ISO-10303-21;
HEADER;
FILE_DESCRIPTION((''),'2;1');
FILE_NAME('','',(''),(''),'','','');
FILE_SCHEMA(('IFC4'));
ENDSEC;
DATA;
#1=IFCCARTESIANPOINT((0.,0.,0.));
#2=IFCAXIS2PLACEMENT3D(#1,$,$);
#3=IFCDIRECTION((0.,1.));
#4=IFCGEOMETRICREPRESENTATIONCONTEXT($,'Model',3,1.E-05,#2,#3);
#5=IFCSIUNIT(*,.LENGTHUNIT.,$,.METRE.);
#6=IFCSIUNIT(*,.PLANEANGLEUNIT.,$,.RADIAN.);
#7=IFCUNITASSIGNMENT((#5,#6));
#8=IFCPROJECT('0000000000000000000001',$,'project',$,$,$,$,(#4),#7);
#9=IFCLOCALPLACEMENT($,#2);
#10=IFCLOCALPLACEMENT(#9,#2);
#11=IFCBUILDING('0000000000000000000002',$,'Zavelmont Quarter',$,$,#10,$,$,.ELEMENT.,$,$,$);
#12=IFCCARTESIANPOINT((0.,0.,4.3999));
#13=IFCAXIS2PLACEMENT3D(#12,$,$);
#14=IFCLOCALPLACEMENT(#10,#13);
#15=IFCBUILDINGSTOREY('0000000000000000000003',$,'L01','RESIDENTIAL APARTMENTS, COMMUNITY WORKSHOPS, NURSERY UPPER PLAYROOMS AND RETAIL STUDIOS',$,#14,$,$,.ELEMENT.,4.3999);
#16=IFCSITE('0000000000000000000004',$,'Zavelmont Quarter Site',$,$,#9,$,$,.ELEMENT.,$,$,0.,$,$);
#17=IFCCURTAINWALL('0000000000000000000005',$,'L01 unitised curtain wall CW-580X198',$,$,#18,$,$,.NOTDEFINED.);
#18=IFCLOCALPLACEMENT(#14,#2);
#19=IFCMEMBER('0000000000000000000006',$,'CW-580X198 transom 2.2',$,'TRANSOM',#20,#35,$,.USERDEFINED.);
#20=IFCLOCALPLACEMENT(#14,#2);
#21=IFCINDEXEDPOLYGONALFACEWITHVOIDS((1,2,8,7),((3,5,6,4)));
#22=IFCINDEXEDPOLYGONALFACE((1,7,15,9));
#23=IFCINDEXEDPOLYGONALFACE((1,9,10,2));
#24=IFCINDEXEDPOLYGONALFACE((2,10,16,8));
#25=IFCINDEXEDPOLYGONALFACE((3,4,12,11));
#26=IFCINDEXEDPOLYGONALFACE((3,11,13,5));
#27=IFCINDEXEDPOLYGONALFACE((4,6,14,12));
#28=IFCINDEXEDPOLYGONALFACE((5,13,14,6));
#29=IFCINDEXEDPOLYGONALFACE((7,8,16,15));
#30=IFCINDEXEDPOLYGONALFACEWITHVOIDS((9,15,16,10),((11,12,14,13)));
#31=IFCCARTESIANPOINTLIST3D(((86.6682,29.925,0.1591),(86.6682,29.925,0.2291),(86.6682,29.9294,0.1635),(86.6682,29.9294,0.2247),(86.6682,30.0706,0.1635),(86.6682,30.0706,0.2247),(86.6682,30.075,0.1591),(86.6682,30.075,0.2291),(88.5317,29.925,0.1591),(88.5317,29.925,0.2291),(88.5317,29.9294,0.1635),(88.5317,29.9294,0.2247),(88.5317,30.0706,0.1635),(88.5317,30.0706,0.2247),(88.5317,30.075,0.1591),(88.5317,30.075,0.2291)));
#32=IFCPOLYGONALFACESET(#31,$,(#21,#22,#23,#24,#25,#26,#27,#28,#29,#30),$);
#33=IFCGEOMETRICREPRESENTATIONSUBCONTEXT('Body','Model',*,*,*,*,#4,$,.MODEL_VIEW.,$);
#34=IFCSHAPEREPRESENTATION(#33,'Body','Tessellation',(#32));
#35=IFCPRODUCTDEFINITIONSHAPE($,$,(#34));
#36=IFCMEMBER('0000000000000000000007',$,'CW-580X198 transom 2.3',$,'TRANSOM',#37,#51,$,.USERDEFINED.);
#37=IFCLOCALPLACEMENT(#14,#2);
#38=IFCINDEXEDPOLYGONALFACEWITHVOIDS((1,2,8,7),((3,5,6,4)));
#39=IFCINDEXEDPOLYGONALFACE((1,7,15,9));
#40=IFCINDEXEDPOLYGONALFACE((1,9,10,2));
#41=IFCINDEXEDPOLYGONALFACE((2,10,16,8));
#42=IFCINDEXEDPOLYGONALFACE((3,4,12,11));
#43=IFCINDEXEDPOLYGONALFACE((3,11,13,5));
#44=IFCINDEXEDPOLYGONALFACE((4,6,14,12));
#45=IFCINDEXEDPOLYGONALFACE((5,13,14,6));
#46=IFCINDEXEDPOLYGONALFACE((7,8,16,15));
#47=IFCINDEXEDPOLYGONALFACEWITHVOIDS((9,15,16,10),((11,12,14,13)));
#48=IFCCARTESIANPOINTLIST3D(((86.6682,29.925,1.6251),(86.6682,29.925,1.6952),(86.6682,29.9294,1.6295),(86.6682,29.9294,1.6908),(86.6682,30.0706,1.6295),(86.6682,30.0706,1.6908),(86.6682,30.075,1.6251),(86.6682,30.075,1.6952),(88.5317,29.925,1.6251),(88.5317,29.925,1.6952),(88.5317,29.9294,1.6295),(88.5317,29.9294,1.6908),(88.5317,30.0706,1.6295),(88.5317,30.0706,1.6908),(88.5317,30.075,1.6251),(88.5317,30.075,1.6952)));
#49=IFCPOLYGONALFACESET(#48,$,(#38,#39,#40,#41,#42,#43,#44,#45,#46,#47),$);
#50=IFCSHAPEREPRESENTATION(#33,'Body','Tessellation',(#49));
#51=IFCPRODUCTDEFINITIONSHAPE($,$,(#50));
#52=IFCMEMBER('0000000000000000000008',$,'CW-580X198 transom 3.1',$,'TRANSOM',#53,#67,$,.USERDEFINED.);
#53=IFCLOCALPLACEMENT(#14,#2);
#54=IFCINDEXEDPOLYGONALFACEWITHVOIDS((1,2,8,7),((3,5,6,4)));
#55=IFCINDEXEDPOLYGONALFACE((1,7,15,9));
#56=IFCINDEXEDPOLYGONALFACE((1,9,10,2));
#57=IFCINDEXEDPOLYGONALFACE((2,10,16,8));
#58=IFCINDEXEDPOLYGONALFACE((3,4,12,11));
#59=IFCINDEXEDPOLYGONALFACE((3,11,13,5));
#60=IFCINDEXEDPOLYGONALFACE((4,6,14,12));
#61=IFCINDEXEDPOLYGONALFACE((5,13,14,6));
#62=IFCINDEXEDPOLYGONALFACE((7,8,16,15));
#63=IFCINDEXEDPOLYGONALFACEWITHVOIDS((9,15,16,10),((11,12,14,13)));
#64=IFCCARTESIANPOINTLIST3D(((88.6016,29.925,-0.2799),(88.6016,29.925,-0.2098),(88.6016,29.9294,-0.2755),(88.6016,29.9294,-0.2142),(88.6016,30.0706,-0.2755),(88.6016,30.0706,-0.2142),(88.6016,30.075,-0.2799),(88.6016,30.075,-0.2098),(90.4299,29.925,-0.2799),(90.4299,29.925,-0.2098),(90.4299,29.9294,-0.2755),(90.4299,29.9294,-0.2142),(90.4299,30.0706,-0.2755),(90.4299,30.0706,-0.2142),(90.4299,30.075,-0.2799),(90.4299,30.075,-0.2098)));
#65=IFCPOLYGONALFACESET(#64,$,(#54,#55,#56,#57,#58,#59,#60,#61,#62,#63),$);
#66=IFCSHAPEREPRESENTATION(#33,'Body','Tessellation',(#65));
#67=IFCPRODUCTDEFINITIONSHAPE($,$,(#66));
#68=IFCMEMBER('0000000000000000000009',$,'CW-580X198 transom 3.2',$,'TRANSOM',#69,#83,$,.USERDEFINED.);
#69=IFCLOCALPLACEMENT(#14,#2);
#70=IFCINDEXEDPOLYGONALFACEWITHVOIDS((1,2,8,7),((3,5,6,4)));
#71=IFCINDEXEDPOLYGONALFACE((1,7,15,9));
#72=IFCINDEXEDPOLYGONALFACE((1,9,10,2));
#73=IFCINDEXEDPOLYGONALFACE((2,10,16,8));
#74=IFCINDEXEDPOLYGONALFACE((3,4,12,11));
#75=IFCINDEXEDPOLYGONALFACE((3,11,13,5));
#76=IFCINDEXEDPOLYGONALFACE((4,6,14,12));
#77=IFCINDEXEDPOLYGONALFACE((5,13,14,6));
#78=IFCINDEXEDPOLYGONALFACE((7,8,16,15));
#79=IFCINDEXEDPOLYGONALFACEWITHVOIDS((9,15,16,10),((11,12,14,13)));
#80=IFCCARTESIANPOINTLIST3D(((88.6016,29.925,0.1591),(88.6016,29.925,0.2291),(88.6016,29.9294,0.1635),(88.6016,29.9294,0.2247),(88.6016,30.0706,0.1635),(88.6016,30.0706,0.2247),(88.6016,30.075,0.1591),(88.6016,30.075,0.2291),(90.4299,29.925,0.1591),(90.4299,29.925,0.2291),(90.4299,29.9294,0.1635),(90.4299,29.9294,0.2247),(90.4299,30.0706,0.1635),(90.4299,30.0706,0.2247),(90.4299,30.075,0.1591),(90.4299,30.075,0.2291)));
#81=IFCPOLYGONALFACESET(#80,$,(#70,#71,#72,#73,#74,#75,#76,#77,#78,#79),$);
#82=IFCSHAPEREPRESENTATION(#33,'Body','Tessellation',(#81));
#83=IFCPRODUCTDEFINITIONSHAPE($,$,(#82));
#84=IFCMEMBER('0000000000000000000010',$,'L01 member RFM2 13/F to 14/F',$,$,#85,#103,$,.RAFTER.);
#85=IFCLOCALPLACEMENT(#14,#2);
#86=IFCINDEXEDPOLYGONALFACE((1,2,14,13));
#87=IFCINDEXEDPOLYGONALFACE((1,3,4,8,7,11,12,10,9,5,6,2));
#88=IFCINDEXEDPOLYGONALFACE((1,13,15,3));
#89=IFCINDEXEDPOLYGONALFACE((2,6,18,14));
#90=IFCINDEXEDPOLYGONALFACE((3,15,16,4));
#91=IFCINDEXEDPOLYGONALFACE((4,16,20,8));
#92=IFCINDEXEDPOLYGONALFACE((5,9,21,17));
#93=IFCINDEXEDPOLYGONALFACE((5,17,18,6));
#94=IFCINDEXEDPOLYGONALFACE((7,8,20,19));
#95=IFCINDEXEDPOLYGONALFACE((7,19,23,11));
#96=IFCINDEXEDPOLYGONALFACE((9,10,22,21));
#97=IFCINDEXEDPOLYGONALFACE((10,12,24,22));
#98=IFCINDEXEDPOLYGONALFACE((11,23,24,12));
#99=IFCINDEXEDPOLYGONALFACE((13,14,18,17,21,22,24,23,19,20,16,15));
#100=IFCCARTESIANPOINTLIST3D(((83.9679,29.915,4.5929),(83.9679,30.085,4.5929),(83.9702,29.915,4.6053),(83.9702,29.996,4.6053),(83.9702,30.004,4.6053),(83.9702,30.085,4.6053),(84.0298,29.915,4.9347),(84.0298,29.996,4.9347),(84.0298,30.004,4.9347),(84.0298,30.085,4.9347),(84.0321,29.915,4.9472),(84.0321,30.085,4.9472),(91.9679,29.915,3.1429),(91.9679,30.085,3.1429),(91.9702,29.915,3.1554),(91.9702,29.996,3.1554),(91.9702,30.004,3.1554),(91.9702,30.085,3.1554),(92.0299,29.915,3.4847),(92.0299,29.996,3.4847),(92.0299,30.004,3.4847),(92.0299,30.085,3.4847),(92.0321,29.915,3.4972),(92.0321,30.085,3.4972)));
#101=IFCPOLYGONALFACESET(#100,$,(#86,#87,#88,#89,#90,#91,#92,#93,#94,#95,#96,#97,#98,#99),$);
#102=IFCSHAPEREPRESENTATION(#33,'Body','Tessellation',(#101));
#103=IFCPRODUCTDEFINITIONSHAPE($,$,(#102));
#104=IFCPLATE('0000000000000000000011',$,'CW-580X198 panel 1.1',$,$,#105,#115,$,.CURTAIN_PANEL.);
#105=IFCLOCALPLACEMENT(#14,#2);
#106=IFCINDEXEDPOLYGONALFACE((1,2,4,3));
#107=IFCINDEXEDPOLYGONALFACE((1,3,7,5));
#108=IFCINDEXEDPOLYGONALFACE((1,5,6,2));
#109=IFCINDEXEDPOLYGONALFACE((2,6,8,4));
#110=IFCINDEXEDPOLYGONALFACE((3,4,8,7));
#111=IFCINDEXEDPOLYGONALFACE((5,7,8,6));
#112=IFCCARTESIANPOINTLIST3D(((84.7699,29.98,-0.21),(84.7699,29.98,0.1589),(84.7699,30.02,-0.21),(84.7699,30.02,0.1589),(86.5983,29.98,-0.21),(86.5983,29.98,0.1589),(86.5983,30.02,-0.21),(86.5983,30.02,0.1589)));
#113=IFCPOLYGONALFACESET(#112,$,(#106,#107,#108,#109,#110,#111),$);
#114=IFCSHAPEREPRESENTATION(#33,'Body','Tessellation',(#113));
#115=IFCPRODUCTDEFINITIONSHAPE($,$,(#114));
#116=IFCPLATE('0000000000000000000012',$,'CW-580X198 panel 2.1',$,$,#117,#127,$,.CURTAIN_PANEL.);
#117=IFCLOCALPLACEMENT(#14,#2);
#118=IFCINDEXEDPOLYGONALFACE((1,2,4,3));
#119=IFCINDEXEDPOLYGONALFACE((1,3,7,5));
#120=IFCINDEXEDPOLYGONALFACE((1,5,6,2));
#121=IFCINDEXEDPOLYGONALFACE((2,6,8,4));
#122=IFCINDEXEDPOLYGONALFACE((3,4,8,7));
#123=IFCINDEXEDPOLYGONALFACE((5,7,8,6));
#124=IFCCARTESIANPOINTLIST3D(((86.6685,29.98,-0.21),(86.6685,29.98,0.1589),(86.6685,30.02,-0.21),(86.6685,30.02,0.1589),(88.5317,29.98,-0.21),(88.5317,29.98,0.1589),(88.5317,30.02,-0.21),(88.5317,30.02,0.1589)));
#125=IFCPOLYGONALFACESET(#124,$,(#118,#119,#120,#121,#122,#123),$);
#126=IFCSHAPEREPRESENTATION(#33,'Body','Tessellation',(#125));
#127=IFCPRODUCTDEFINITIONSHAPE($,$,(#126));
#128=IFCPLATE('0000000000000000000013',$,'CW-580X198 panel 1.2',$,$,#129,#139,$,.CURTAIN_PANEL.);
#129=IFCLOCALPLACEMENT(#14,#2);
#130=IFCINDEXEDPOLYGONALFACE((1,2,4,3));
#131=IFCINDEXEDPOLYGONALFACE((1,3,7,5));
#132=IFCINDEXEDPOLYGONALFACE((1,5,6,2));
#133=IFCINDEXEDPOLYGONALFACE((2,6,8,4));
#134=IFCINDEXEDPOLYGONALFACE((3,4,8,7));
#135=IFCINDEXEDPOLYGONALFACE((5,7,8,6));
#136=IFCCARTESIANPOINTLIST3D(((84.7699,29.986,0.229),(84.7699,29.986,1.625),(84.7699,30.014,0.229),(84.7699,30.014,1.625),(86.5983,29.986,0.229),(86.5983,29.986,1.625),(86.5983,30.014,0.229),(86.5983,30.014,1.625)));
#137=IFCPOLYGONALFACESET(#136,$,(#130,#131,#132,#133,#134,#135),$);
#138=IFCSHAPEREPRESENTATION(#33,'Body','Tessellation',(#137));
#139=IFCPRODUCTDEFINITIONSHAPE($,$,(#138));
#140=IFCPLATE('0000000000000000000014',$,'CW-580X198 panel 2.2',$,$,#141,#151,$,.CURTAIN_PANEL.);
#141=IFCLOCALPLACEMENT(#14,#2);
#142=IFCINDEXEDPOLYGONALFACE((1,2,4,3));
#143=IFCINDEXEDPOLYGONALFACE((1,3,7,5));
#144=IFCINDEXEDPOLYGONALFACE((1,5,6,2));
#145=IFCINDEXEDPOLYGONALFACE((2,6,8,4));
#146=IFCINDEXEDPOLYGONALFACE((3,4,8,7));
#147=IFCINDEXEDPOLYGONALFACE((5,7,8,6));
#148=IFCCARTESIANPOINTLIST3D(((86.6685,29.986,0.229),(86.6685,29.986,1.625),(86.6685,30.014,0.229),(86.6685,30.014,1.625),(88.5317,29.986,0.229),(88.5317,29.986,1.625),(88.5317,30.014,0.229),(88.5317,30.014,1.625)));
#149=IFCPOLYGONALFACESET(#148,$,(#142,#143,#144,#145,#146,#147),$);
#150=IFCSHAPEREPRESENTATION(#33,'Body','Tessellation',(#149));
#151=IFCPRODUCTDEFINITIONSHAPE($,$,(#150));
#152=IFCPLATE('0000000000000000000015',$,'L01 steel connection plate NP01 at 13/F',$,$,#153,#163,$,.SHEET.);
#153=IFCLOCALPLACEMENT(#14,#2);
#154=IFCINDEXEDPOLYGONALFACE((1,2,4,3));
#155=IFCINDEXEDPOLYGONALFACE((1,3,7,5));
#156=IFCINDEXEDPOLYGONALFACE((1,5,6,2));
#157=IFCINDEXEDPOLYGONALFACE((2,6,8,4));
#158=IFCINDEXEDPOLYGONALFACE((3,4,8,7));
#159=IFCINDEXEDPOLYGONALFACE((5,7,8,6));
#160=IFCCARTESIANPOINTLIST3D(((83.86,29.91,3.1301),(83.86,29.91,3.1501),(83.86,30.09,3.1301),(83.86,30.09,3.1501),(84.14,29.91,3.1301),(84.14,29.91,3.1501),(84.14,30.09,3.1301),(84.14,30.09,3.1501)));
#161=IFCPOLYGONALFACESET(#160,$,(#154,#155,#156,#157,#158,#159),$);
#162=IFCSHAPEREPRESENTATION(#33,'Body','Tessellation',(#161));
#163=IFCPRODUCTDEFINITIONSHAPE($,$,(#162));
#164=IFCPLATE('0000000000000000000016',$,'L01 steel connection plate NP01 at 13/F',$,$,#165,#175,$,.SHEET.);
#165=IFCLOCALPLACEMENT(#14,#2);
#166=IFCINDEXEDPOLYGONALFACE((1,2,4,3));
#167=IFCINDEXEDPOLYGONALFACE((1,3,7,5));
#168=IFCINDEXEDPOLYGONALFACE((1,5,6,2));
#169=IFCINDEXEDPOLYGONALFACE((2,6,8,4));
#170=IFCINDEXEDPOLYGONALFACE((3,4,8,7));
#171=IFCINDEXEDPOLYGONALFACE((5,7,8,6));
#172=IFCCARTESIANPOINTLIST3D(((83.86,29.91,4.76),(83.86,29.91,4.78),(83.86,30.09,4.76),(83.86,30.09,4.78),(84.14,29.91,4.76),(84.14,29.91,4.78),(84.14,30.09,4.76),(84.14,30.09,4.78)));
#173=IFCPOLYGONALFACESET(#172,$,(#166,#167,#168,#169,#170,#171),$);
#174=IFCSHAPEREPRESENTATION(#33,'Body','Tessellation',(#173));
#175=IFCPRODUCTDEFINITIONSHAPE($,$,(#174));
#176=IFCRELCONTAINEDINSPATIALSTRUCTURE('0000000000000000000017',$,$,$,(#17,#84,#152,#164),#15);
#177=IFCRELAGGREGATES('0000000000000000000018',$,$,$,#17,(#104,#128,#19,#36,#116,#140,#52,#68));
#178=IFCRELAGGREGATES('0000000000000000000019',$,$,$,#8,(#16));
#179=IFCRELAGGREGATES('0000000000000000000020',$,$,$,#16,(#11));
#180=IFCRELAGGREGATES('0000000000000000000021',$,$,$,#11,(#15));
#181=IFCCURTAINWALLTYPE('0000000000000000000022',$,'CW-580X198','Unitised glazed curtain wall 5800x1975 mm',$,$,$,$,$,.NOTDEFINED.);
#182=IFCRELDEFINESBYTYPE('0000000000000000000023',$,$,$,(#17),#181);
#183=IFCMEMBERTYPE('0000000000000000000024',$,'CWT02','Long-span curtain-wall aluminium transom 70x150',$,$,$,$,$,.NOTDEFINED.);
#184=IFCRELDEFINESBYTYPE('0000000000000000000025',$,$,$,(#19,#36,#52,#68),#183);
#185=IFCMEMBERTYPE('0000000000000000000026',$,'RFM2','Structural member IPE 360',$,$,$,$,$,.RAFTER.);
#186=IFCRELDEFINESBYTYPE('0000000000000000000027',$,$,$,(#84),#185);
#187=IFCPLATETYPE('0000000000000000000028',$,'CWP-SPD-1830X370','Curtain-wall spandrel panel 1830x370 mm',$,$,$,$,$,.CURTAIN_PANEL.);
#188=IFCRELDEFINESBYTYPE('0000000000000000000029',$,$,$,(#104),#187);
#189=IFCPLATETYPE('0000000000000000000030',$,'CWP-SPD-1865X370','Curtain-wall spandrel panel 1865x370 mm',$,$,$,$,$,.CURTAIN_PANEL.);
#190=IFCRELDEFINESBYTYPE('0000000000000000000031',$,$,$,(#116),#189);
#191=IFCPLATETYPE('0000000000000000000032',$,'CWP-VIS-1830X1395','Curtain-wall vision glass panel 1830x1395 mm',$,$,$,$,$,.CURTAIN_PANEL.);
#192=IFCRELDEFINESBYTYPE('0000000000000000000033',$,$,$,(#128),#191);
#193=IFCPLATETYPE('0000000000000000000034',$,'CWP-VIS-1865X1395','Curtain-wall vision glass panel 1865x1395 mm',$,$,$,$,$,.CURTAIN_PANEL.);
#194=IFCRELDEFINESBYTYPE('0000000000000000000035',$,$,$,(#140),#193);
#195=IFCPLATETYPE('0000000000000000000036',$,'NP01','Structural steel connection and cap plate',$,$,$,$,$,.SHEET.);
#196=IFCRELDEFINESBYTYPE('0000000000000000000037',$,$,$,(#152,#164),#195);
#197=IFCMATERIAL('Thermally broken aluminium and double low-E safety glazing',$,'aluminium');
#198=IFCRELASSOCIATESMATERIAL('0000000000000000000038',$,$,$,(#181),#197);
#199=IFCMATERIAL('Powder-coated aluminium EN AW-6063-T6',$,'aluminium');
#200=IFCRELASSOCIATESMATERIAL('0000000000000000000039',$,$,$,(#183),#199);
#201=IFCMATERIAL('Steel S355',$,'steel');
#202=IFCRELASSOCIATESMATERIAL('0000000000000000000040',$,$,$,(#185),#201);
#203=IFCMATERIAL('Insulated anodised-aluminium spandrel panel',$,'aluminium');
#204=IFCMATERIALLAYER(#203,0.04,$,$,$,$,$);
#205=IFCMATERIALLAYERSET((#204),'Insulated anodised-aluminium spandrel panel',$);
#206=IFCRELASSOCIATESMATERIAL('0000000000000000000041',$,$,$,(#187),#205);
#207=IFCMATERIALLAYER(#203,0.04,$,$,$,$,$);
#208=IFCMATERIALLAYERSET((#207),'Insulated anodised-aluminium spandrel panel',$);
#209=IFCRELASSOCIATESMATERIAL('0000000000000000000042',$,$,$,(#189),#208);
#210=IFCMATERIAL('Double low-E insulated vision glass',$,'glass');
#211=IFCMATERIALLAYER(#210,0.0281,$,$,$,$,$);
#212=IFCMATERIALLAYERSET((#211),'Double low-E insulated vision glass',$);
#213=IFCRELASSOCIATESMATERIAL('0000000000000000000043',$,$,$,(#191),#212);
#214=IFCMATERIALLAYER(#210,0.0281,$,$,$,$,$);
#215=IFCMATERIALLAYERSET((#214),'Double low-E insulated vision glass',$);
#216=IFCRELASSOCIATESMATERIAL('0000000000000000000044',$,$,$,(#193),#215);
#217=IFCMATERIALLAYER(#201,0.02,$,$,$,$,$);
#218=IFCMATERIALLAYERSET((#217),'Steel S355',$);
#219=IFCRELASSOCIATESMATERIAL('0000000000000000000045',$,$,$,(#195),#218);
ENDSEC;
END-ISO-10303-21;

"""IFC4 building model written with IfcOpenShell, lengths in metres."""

from ifc_helpers import new_model, si_unit, direction, frame, origin, origin_2d, place, context, subcontext, project, spatial, rectangle, hollow_rectangle, i_section, extrude, material, layer, layer_set, material_profile, profile_set, type_object, element, aggregate, save


model = new_model("IFC4")

# Units and contexts
model_context = context("Model", 3, precision=1e-05, world=origin(), true_north=direction((0.0, 1.0)))
body_context = subcontext(model_context, "Body", "Model", "MODEL_VIEW")
ifc_project = project(units=[si_unit("LENGTHUNIT", "METRE"), si_unit("PLANEANGLEUNIT", "RADIAN")], contexts=[model_context])

# Site, building, storey
site_placement = place(None, origin())
site = spatial("IfcSite", under=ifc_project, at=site_placement, Name="Zavelmont Quarter Site", CompositionType="ELEMENT", RefElevation=0.0)
building_placement = place(site_placement, origin())
building = spatial("IfcBuilding", under=site, at=building_placement, Name="Zavelmont Quarter", CompositionType="ELEMENT")
storey_placement = place(building_placement, frame((0.0, 0.0, 4.3999)))
storey = spatial("IfcBuildingStorey", under=building, at=storey_placement, Name="L01", Description="RESIDENTIAL APARTMENTS, COMMUNITY WORKSHOPS, NURSERY UPPER PLAYROOMS AND RETAIL STUDIOS", CompositionType="ELEMENT", Elevation=4.3999)

# Shared definitions
ifc_material_1 = material(Name="Steel S355", Category="steel")

# Shared definitions
ifc_material_2 = material(Name="Thermally broken aluminium and double low-E safety glazing", Category="aluminium")
curtain_wall_type = type_object("IfcCurtainWallType", Name="CW-580X198", Description="Unitised glazed curtain wall 5800x1975 mm", PredefinedType="NOTDEFINED", material=ifc_material_2)
ifc_material_3 = material(Name="Powder-coated aluminium EN AW-6063-T6", Category="aluminium")

# Curtain wall, members
curtain_wall_1_placement = place(storey_placement, origin())
curtain_wall_1 = element("IfcCurtainWall", 1, at=curtain_wall_1_placement, inside=storey, type_object=curtain_wall_type, Name="L01 unitised curtain wall CW-580X198", PredefinedType="NOTDEFINED")
ifc_material_profile_1 = material_profile(ifc_material_3, hollow_rectangle(XDim=0.1499, YDim=0.0701, WallThickness=0.0044, at=origin_2d()), Name="CWT70X150")
ifc_profile_set_1 = profile_set([ifc_material_profile_1], Name="Powder-coated aluminium EN AW-6063-T6")
member_type_1 = type_object("IfcMemberType", Name="CWT02", Description="Long-span curtain-wall aluminium transom 70x150", PredefinedType="NOTDEFINED", material=ifc_profile_set_1)
member_1_placement = place(storey_placement, frame((86.6682, 30.0, 0.1941), z_axis=(1.0, 0.0, 0.0), x_axis=(0.0, 1.0, 0.0)))
member_1 = element("IfcMember", 2, at=member_1_placement, type_object=member_type_1, Name="CW-580X198 transom 2.2", ObjectType="TRANSOM", PredefinedType="USERDEFINED", context=body_context, shape_type="SweptSolid", body=[
    extrude(hollow_rectangle(XDim=0.1499, YDim=0.0701, WallThickness=0.0044, at=origin_2d()), origin(), (0.0, 0.0, 1.0), 1.8635),
])
member_2_placement = place(storey_placement, frame((86.6682, 30.0, 1.6602), z_axis=(1.0, 0.0, 0.0), x_axis=(0.0, 1.0, 0.0)))
member_2 = element("IfcMember", 3, at=member_2_placement, type_object=member_type_1, Name="CW-580X198 transom 2.3", ObjectType="TRANSOM", PredefinedType="USERDEFINED", context=body_context, shape_type="SweptSolid", body=[
    extrude(hollow_rectangle(XDim=0.1499, YDim=0.0701, WallThickness=0.0044, at=origin_2d()), origin(), (0.0, 0.0, 1.0), 1.8635),
])
member_3_placement = place(storey_placement, frame((88.6016, 30.0, -0.2449), z_axis=(1.0, 0.0, 0.0), x_axis=(0.0, 1.0, 0.0)))
member_3 = element("IfcMember", 4, at=member_3_placement, type_object=member_type_1, Name="CW-580X198 transom 3.1", ObjectType="TRANSOM", PredefinedType="USERDEFINED", context=body_context, shape_type="SweptSolid", body=[
    extrude(hollow_rectangle(XDim=0.1499, YDim=0.0701, WallThickness=0.0044, at=origin_2d()), origin(), (0.0, 0.0, 1.0), 1.8284),
])
member_4_placement = place(storey_placement, frame((88.6016, 30.0, 0.1941), z_axis=(1.0, 0.0, 0.0), x_axis=(0.0, 1.0, 0.0)))
member_4 = element("IfcMember", 5, at=member_4_placement, type_object=member_type_1, Name="CW-580X198 transom 3.2", ObjectType="TRANSOM", PredefinedType="USERDEFINED", context=body_context, shape_type="SweptSolid", body=[
    extrude(hollow_rectangle(XDim=0.1499, YDim=0.0701, WallThickness=0.0044, at=origin_2d()), origin(), (0.0, 0.0, 1.0), 1.8284),
])

# Member
ifc_material_profile_2 = material_profile(ifc_material_1, i_section(OverallWidth=0.1699, OverallDepth=0.3601, WebThickness=0.0081, FlangeThickness=0.0127, at=origin_2d()), Name="IPE 360")
ifc_profile_set_2 = profile_set([ifc_material_profile_2], Name="Steel S355")
member_type_2 = type_object("IfcMemberType", Name="RFM2", Description="Structural member IPE 360", PredefinedType="RAFTER", material=ifc_profile_set_2)
member_5_placement = place(storey_placement, frame((84.0, 30.0, 4.77), z_axis=(0.983969, 0.0, -0.178338), x_axis=(0.0, 1.0, 0.0)))
element("IfcMember", 6, at=member_5_placement, inside=storey, type_object=member_type_2, Name="L01 member RFM2 13/F to 14/F", PredefinedType="RAFTER", context=body_context, shape_type="SweptSolid", body=[
    extrude(i_section(OverallWidth=0.1699, OverallDepth=0.3601, WebThickness=0.0081, FlangeThickness=0.0127, at=origin_2d()), origin(), (0.0, 0.0, 1.0), 8.1304),
])

# Plates
ifc_material_4 = material(Name="Insulated anodised-aluminium spandrel panel", Category="aluminium")
ifc_layer_1 = layer(ifc_material_4, 0.04)
ifc_layer_set_1 = layer_set([ifc_layer_1], Name="Insulated anodised-aluminium spandrel panel")
plate_type_1 = type_object("IfcPlateType", Name="CWP-SPD-1830X370", Description="Curtain-wall spandrel panel 1830x370 mm", PredefinedType="CURTAIN_PANEL", material=ifc_layer_set_1)
plate_1_placement = place(storey_placement, frame((85.6841, 30.0, -0.21), z_axis=(0.0, 0.0, 1.0), x_axis=(1.0, 0.0, 0.0)))
plate_1 = element("IfcPlate", 7, at=plate_1_placement, type_object=plate_type_1, Name="CW-580X198 panel 1.1", PredefinedType="CURTAIN_PANEL", context=body_context, shape_type="SweptSolid", body=[
    extrude(rectangle(XDim=1.8284, YDim=0.04, at=origin_2d()), origin(), (0.0, 0.0, 1.0), 0.3689),
])
ifc_layer_2 = layer(ifc_material_4, 0.04)
ifc_layer_set_2 = layer_set([ifc_layer_2], Name="Insulated anodised-aluminium spandrel panel")
plate_type_2 = type_object("IfcPlateType", Name="CWP-SPD-1865X370", Description="Curtain-wall spandrel panel 1865x370 mm", PredefinedType="CURTAIN_PANEL", material=ifc_layer_set_2)
plate_2_placement = place(storey_placement, frame((87.6001, 30.0, -0.21), z_axis=(0.0, 0.0, 1.0), x_axis=(1.0, 0.0, 0.0)))
plate_2 = element("IfcPlate", 8, at=plate_2_placement, type_object=plate_type_2, Name="CW-580X198 panel 2.1", PredefinedType="CURTAIN_PANEL", context=body_context, shape_type="SweptSolid", body=[
    extrude(rectangle(XDim=1.8633, YDim=0.04, at=origin_2d()), origin(), (0.0, 0.0, 1.0), 0.3689),
])
ifc_material_5 = material(Name="Double low-E insulated vision glass", Category="glass")
ifc_layer_3 = layer(ifc_material_5, 0.0281)
ifc_layer_set_3 = layer_set([ifc_layer_3], Name="Double low-E insulated vision glass")
plate_type_3 = type_object("IfcPlateType", Name="CWP-VIS-1830X1395", Description="Curtain-wall vision glass panel 1830x1395 mm", PredefinedType="CURTAIN_PANEL", material=ifc_layer_set_3)
plate_3_placement = place(storey_placement, frame((85.6841, 30.0, 0.229), z_axis=(0.0, 0.0, 1.0), x_axis=(1.0, 0.0, 0.0)))
plate_3 = element("IfcPlate", 9, at=plate_3_placement, type_object=plate_type_3, Name="CW-580X198 panel 1.2", PredefinedType="CURTAIN_PANEL", context=body_context, shape_type="SweptSolid", body=[
    extrude(rectangle(XDim=1.8284, YDim=0.0281, at=origin_2d()), origin(), (0.0, 0.0, 1.0), 1.396),
])
ifc_layer_4 = layer(ifc_material_5, 0.0281)
ifc_layer_set_4 = layer_set([ifc_layer_4], Name="Double low-E insulated vision glass")
plate_type_4 = type_object("IfcPlateType", Name="CWP-VIS-1865X1395", Description="Curtain-wall vision glass panel 1865x1395 mm", PredefinedType="CURTAIN_PANEL", material=ifc_layer_set_4)
plate_4_placement = place(storey_placement, frame((87.6001, 30.0, 0.229), z_axis=(0.0, 0.0, 1.0), x_axis=(1.0, 0.0, 0.0)))
plate_4 = element("IfcPlate", 10, at=plate_4_placement, type_object=plate_type_4, Name="CW-580X198 panel 2.2", PredefinedType="CURTAIN_PANEL", context=body_context, shape_type="SweptSolid", body=[
    extrude(rectangle(XDim=1.8633, YDim=0.0281, at=origin_2d()), origin(), (0.0, 0.0, 1.0), 1.396),
])
aggregate(curtain_wall_1, [plate_1, plate_3, member_1, member_2, plate_2, plate_4, member_3, member_4])

# Plates
ifc_layer_5 = layer(ifc_material_1, 0.02)
ifc_layer_set_5 = layer_set([ifc_layer_5], Name="Steel S355")
plate_type_5 = type_object("IfcPlateType", Name="NP01", Description="Structural steel connection and cap plate", PredefinedType="SHEET", material=ifc_layer_set_5)
for number, where, z_axis, x_axis, name in (
    (11, (84.0, 30.0, 3.1301), (0.0, 0.0, 1.0), (1.0, 0.0, 0.0), "L01 steel connection plate NP01 at 13/F"),
    (12, (84.0, 30.0, 4.76), (0.0, 0.0, 1.0), (1.0, 0.0, 0.0), "L01 steel connection plate NP01 at 13/F"),
):
    element("IfcPlate", number, at=place(storey_placement, frame(where, z_axis=z_axis, x_axis=x_axis)), inside=storey, type_object=plate_type_5, Name=name, PredefinedType="SHEET", context=body_context, shape_type="SweptSolid", body=[
        extrude(rectangle(XDim=0.28, YDim=0.1799, at=origin_2d()), origin(), (0.0, 0.0, 1.0), 0.02),
    ])

save(model, "model.ifc")
